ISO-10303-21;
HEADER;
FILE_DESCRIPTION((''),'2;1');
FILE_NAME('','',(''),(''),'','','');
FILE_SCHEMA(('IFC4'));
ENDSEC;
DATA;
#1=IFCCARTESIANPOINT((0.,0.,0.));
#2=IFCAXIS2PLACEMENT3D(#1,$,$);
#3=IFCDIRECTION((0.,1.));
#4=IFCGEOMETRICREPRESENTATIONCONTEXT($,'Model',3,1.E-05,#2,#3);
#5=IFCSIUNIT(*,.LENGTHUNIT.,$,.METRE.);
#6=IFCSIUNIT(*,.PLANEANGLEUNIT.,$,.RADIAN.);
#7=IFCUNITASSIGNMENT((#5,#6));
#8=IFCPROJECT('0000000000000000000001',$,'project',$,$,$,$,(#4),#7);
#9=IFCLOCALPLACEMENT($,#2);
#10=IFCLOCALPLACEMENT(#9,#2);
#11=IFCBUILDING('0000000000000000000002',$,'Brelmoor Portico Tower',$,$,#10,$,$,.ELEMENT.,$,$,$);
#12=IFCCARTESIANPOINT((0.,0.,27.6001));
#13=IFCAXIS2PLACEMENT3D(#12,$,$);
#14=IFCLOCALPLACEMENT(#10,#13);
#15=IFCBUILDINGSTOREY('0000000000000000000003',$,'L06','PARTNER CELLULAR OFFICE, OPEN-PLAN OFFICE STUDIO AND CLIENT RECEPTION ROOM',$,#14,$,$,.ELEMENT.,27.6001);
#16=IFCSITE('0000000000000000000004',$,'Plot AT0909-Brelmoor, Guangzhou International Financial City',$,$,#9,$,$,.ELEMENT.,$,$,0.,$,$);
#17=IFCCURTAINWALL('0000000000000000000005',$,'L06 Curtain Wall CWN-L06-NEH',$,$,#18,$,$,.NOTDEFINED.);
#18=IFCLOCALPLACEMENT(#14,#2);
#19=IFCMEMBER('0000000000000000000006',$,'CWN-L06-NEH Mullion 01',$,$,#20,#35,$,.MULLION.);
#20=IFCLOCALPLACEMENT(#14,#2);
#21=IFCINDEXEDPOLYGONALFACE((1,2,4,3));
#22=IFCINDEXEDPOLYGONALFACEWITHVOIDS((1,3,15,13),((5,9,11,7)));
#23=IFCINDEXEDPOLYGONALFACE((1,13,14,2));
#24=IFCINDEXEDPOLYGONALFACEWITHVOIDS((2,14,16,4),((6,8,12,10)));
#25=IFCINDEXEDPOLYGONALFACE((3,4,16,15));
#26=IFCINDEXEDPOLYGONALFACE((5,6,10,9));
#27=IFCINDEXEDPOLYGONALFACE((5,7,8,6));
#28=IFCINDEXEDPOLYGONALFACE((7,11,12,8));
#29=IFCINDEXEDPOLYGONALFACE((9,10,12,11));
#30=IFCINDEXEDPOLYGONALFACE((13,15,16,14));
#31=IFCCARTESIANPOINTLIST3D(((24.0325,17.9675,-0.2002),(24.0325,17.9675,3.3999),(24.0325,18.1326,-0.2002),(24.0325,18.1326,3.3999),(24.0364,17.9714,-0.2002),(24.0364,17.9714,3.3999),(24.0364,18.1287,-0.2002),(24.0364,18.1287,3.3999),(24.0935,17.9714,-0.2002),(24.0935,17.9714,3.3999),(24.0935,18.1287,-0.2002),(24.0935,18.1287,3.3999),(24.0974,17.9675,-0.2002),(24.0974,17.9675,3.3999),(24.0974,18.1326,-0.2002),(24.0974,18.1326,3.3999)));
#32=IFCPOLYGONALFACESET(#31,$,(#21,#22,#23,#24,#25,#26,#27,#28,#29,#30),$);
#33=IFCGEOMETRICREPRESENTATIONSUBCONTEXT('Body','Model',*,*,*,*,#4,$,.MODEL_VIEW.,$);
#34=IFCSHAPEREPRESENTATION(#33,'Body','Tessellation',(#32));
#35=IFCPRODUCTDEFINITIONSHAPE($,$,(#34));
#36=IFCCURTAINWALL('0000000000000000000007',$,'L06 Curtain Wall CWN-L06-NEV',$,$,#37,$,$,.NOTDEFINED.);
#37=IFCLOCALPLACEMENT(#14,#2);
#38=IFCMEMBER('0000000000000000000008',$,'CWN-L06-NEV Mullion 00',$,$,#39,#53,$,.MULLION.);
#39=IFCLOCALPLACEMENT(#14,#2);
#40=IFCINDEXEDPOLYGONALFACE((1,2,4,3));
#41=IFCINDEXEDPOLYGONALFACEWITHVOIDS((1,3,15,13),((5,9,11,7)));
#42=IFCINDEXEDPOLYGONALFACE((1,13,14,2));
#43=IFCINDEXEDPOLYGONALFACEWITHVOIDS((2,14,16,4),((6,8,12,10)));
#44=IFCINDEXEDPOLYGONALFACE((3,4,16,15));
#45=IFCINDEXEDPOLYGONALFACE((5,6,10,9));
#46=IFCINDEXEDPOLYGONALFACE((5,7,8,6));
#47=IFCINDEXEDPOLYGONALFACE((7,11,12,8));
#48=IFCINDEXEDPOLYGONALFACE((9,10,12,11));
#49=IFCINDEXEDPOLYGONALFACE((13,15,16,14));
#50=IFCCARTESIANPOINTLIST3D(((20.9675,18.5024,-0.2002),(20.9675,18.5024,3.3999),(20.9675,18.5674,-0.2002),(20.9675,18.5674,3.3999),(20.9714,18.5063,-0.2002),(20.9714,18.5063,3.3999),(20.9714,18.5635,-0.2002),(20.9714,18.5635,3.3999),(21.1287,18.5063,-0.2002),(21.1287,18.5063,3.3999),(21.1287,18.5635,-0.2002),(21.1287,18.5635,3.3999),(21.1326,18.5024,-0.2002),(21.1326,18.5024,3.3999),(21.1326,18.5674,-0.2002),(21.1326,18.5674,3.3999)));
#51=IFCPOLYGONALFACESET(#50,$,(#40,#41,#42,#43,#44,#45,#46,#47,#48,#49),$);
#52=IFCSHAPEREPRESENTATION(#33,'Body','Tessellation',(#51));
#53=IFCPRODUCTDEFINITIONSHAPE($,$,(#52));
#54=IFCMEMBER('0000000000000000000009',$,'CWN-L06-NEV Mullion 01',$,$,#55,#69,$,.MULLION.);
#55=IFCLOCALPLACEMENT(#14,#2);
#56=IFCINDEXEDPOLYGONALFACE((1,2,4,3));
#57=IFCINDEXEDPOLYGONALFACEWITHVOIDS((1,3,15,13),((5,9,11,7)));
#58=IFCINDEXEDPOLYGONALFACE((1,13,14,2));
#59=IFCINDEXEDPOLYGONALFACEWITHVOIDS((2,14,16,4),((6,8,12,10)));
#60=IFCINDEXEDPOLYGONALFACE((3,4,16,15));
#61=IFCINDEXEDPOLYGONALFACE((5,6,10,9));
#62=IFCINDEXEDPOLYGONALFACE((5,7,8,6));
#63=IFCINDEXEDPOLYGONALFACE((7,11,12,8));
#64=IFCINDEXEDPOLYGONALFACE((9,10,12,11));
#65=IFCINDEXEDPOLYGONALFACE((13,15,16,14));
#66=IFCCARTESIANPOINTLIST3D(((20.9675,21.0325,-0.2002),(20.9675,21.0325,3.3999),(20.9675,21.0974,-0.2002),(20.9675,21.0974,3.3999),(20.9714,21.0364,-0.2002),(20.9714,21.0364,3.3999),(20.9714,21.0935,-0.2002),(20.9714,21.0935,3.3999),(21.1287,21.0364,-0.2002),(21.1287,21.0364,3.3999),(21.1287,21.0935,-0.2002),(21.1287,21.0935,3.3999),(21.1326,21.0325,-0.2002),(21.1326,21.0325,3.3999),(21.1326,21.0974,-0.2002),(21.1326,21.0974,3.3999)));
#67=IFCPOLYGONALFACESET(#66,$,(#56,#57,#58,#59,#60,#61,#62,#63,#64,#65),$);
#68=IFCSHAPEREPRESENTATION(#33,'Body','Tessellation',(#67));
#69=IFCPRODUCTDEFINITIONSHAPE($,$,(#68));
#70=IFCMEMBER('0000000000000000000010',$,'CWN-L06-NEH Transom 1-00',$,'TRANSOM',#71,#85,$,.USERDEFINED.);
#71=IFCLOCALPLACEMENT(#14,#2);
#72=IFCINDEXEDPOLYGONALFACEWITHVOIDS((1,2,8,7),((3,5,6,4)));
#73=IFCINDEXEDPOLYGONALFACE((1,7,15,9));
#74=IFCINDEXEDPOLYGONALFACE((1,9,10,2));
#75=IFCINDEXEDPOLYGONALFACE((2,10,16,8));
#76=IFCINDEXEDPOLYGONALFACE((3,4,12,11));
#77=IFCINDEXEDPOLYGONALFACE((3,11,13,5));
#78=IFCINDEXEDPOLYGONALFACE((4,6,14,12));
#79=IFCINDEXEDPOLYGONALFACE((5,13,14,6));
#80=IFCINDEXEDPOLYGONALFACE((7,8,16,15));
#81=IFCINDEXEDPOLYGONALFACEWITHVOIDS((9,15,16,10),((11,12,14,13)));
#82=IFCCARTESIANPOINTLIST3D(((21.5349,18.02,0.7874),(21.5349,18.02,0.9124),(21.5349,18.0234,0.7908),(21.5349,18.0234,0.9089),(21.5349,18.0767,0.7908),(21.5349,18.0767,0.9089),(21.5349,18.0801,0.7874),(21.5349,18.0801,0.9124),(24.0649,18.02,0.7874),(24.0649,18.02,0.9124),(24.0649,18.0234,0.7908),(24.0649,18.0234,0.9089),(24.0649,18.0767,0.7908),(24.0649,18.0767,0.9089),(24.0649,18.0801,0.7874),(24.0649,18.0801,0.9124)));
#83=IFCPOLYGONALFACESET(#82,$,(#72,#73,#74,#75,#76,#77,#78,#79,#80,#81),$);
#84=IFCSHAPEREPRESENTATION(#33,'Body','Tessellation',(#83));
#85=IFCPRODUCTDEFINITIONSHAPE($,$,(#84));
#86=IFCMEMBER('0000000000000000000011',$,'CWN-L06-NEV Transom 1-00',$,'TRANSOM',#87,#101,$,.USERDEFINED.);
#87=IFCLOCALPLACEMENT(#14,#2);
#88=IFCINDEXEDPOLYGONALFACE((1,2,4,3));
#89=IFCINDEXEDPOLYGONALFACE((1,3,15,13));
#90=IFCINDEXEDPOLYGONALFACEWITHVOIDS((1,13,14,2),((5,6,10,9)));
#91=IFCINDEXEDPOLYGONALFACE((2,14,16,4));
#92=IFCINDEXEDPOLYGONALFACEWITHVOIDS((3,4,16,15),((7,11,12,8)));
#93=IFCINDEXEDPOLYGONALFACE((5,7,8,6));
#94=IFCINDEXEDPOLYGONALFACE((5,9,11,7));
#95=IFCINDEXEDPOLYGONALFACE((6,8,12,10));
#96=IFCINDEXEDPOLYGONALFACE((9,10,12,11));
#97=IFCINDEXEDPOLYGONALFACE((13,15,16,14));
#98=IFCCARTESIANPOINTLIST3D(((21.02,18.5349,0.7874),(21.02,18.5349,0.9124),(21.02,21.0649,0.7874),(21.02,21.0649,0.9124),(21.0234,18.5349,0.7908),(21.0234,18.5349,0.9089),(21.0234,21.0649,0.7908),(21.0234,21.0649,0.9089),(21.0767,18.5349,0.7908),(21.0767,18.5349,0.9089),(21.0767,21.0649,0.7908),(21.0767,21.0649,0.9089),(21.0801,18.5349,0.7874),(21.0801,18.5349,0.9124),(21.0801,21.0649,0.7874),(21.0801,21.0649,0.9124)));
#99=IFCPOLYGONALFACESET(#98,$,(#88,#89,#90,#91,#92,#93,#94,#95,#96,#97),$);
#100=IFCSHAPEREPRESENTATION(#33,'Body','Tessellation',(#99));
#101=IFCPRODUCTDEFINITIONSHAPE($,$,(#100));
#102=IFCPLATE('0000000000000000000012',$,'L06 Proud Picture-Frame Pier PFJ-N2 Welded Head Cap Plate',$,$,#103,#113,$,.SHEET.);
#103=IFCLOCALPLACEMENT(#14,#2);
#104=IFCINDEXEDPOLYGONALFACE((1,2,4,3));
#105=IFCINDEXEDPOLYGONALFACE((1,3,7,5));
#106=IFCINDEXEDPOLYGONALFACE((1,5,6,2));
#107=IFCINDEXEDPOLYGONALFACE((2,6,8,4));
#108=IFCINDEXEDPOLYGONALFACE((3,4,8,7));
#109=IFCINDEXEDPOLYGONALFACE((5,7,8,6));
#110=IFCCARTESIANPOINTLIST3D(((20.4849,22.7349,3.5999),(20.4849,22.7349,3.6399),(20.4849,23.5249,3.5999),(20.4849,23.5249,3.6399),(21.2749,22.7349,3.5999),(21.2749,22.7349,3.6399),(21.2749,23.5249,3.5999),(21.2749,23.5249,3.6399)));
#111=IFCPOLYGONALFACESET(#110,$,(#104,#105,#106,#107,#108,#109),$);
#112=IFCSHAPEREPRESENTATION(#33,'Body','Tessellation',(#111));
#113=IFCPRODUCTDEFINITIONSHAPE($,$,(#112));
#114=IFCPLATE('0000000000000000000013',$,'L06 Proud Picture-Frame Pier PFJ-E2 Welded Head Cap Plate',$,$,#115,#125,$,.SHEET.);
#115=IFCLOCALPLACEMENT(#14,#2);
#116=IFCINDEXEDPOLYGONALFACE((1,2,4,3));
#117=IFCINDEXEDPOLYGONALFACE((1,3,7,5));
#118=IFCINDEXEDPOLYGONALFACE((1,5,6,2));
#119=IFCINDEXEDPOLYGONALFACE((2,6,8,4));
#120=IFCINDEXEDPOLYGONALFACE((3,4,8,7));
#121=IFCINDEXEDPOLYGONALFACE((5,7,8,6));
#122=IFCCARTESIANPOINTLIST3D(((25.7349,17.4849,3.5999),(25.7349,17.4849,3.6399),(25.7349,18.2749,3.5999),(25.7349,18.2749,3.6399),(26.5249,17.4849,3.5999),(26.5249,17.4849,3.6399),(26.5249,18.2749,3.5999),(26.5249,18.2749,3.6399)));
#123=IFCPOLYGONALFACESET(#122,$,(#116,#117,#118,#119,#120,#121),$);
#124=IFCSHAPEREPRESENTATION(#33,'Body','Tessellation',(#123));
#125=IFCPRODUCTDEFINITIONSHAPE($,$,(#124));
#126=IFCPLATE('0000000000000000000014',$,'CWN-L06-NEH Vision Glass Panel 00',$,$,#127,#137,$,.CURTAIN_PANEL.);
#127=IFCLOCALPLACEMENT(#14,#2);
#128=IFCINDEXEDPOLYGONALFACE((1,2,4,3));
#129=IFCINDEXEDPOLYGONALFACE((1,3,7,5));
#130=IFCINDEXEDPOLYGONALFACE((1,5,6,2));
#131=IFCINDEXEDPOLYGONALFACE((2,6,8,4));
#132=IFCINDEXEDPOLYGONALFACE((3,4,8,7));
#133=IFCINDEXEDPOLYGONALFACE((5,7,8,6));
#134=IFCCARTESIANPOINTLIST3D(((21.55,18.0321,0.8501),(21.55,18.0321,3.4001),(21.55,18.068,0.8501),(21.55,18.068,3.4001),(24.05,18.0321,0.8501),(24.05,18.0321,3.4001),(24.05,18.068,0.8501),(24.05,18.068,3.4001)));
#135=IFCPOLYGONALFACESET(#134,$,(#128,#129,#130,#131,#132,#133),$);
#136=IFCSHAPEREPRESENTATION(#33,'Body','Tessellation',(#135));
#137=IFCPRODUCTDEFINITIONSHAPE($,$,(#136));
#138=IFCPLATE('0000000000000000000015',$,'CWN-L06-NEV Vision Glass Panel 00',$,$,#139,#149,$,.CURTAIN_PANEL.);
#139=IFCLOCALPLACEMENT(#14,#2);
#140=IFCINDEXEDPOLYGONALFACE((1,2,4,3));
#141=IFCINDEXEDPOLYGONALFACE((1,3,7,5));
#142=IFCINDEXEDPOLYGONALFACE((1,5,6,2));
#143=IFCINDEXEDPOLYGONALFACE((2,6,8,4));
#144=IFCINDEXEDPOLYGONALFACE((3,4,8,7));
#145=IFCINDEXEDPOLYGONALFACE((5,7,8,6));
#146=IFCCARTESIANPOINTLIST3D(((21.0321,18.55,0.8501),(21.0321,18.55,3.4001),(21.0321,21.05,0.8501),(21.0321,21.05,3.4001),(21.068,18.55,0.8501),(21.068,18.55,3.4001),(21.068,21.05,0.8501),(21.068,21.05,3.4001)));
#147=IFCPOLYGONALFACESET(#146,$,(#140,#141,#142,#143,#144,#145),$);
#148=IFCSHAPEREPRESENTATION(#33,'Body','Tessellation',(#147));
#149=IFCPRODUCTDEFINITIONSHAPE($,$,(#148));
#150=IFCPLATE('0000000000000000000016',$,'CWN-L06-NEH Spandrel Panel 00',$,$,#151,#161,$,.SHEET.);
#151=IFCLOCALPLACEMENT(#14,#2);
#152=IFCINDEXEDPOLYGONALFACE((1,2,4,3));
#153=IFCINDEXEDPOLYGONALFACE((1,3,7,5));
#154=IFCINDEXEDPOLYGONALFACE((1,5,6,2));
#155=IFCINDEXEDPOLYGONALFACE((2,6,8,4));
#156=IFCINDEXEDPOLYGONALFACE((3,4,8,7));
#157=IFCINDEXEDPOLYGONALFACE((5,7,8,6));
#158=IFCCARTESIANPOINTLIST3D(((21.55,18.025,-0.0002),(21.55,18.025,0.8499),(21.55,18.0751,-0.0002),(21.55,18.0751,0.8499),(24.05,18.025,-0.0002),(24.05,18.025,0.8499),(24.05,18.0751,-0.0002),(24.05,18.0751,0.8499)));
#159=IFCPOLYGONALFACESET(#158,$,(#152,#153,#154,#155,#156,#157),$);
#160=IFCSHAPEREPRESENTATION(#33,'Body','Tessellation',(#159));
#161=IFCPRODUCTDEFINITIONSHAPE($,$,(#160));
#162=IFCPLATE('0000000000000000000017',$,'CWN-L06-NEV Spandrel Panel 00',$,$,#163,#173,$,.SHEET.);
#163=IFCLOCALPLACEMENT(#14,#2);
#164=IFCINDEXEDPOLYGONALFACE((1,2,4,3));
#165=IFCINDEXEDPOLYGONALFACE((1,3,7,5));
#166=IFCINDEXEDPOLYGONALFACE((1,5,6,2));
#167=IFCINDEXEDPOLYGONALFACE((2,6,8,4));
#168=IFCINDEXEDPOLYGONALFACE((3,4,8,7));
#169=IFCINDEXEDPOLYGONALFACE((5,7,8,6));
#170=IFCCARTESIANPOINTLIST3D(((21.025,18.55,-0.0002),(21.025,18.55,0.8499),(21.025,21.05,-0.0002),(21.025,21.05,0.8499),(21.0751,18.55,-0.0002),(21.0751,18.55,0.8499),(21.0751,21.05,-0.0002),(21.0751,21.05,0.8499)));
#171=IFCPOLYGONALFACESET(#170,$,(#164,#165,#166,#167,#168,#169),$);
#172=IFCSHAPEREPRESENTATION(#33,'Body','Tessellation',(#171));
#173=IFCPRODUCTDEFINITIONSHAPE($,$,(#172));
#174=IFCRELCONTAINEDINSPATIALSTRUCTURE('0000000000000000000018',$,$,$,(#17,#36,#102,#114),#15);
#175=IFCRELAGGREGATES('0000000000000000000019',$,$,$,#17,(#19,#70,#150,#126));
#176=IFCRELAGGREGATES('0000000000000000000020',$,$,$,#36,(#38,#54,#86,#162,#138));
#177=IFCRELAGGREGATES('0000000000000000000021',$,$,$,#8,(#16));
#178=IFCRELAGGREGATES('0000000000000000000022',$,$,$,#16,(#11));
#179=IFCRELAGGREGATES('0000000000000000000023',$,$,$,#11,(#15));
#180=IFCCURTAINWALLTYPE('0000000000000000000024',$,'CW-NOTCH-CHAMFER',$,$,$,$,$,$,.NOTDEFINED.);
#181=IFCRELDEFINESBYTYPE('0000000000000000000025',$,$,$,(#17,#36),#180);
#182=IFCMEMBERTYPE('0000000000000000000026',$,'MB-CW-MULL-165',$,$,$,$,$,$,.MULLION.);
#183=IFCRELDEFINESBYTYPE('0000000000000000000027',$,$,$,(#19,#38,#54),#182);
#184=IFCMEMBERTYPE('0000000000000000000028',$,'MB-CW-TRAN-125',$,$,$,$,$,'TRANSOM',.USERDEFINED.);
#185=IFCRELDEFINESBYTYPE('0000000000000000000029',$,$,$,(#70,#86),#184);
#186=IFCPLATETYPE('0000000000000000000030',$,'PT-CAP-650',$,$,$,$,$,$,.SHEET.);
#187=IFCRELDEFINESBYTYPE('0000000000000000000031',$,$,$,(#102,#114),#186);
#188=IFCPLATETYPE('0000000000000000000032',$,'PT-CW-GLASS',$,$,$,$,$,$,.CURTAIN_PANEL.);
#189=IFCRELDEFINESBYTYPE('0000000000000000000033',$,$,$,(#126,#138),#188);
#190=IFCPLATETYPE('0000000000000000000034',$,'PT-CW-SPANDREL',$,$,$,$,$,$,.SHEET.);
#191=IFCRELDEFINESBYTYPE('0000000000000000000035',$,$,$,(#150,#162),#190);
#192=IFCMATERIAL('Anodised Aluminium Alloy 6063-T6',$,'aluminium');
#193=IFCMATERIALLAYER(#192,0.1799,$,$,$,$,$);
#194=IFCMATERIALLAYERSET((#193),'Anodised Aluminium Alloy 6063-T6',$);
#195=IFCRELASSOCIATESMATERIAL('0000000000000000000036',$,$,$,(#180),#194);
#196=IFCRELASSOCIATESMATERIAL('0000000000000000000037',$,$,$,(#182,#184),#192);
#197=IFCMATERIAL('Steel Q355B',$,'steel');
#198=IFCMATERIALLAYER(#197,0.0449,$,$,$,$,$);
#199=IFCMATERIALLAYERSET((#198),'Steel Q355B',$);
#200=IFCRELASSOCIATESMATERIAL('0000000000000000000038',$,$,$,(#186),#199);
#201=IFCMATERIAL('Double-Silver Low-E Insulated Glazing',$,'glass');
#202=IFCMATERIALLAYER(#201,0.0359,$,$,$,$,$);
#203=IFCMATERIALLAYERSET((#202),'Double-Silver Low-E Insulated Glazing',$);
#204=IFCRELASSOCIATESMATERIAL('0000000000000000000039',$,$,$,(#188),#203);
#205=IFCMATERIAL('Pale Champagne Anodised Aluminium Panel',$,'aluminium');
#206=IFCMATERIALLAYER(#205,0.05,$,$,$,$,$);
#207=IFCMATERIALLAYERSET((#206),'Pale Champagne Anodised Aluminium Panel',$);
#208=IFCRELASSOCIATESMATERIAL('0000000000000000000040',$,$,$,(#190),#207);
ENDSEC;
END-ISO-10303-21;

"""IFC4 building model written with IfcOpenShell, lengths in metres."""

from ifc_helpers import new_model, si_unit, direction, frame, origin, origin_2d, place, context, subcontext, project, spatial, rectangle, hollow_rectangle, extrude, material, layer, layer_set, material_profile, profile_set, type_object, element, aggregate, save


model = new_model("IFC4")

# Units and contexts
model_context = context("Model", 3, precision=1e-05, world=origin(), true_north=direction((0.0, 1.0)))
body_context = subcontext(model_context, "Body", "Model", "MODEL_VIEW")
ifc_project = project(units=[si_unit("LENGTHUNIT", "METRE"), si_unit("PLANEANGLEUNIT", "RADIAN")], contexts=[model_context])

# Site, building, storey
site_placement = place(None, origin())
site = spatial("IfcSite", under=ifc_project, at=site_placement, Name="Plot AT0909-Brelmoor, Guangzhou International Financial City", CompositionType="ELEMENT", RefElevation=0.0)
building_placement = place(site_placement, origin())
building = spatial("IfcBuilding", under=site, at=building_placement, Name="Brelmoor Portico Tower", CompositionType="ELEMENT")
storey_placement = place(building_placement, frame((0.0, 0.0, 27.6001)))
storey = spatial("IfcBuildingStorey", under=building, at=storey_placement, Name="L06", Description="PARTNER CELLULAR OFFICE, OPEN-PLAN OFFICE STUDIO AND CLIENT RECEPTION ROOM", CompositionType="ELEMENT", Elevation=27.6001)

# Shared definitions
ifc_material_1 = material(Name="Steel Q355B", Category="steel")

# Curtain walls, members
ifc_material_2 = material(Name="Anodised Aluminium Alloy 6063-T6", Category="aluminium")
ifc_layer_1 = layer(ifc_material_2, 0.1799)
ifc_layer_set_1 = layer_set([ifc_layer_1], Name="Anodised Aluminium Alloy 6063-T6")
curtain_wall_type = type_object("IfcCurtainWallType", Name="CW-NOTCH-CHAMFER", PredefinedType="NOTDEFINED", material=ifc_layer_set_1)
curtain_wall_1_placement = place(storey_placement, origin())
curtain_wall_1 = element("IfcCurtainWall", 1, at=curtain_wall_1_placement, inside=storey, type_object=curtain_wall_type, Name="L06 Curtain Wall CWN-L06-NEH", PredefinedType="NOTDEFINED")
ifc_material_profile_1 = material_profile(ifc_material_2, hollow_rectangle(XDim=0.0649, YDim=0.165, WallThickness=0.0039, at=origin_2d()), Name="ALU MULLION 65x165")
ifc_profile_set_1 = profile_set([ifc_material_profile_1], Name="Anodised Aluminium Alloy 6063-T6")
member_type_1 = type_object("IfcMemberType", Name="MB-CW-MULL-165", PredefinedType="MULLION", material=ifc_profile_set_1)
member_1_placement = place(storey_placement, frame((24.0649, 18.05, -0.2002), z_axis=(0.0, 0.0, 1.0), x_axis=(1.0, 0.0, 0.0)))
member_1 = element("IfcMember", 2, at=member_1_placement, type_object=member_type_1, Name="CWN-L06-NEH Mullion 01", PredefinedType="MULLION", context=body_context, shape_type="SweptSolid", body=[
    extrude(hollow_rectangle(XDim=0.0649, YDim=0.165, WallThickness=0.0039, at=origin_2d()), origin(), (0.0, 0.0, 1.0), 3.6001),
])
curtain_wall_2_placement = place(storey_placement, origin())
curtain_wall_2 = element("IfcCurtainWall", 3, at=curtain_wall_2_placement, inside=storey, type_object=curtain_wall_type, Name="L06 Curtain Wall CWN-L06-NEV", PredefinedType="NOTDEFINED")
member_2_placement = place(storey_placement, frame((21.05, 18.5349, -0.2002), z_axis=(0.0, 0.0, 1.0), x_axis=(0.0, 1.0, 0.0)))
member_2 = element("IfcMember", 4, at=member_2_placement, type_object=member_type_1, Name="CWN-L06-NEV Mullion 00", PredefinedType="MULLION", context=body_context, shape_type="SweptSolid", body=[
    extrude(hollow_rectangle(XDim=0.0649, YDim=0.165, WallThickness=0.0039, at=origin_2d()), origin(), (0.0, 0.0, 1.0), 3.6001),
])
member_3_placement = place(storey_placement, frame((21.05, 21.0649, -0.2002), z_axis=(0.0, 0.0, 1.0), x_axis=(0.0, 1.0, 0.0)))
member_3 = element("IfcMember", 5, at=member_3_placement, type_object=member_type_1, Name="CWN-L06-NEV Mullion 01", PredefinedType="MULLION", context=body_context, shape_type="SweptSolid", body=[
    extrude(hollow_rectangle(XDim=0.0649, YDim=0.165, WallThickness=0.0039, at=origin_2d()), origin(), (0.0, 0.0, 1.0), 3.6001),
])

# Members
ifc_material_profile_2 = material_profile(ifc_material_2, hollow_rectangle(XDim=0.0601, YDim=0.125, WallThickness=0.0034, at=origin_2d()), Name="ALU TRANSOM 60x125")
ifc_profile_set_2 = profile_set([ifc_material_profile_2], Name="Anodised Aluminium Alloy 6063-T6")
member_type_2 = type_object("IfcMemberType", Name="MB-CW-TRAN-125", ElementType="TRANSOM", PredefinedType="USERDEFINED", material=ifc_profile_set_2)
member_4_placement = place(storey_placement, frame((21.5349, 18.05, 0.8499), z_axis=(1.0, 0.0, 0.0), x_axis=(0.0, 1.0, 0.0)))
member_4 = element("IfcMember", 6, at=member_4_placement, type_object=member_type_2, Name="CWN-L06-NEH Transom 1-00", ObjectType="TRANSOM", PredefinedType="USERDEFINED", context=body_context, shape_type="SweptSolid", body=[
    extrude(hollow_rectangle(XDim=0.0601, YDim=0.125, WallThickness=0.0034, at=origin_2d()), origin(), (0.0, 0.0, 1.0), 2.53),
])
member_5_placement = place(storey_placement, frame((21.05, 18.5349, 0.8499), z_axis=(0.0, 1.0, 0.0), x_axis=(-1.0, 0.0, 0.0)))
member_5 = element("IfcMember", 7, at=member_5_placement, type_object=member_type_2, Name="CWN-L06-NEV Transom 1-00", ObjectType="TRANSOM", PredefinedType="USERDEFINED", context=body_context, shape_type="SweptSolid", body=[
    extrude(hollow_rectangle(XDim=0.0601, YDim=0.125, WallThickness=0.0034, at=origin_2d()), origin(), (0.0, 0.0, 1.0), 2.53),
])

# Plates
ifc_layer_2 = layer(ifc_material_1, 0.0449)
ifc_layer_set_2 = layer_set([ifc_layer_2], Name="Steel Q355B")
plate_type_1 = type_object("IfcPlateType", Name="PT-CAP-650", PredefinedType="SHEET", material=ifc_layer_set_2)
for number, where, z_axis, x_axis, name in (
    (8, (20.8799, 23.1299, 3.5999), (0.0, 0.0, 1.0), (1.0, 0.0, 0.0), "L06 Proud Picture-Frame Pier PFJ-N2 Welded Head Cap Plate"),
    (9, (26.1299, 17.8799, 3.5999), (0.0, 0.0, 1.0), (0.0, 1.0, 0.0), "L06 Proud Picture-Frame Pier PFJ-E2 Welded Head Cap Plate"),
):
    element("IfcPlate", number, at=place(storey_placement, frame(where, z_axis=z_axis, x_axis=x_axis)), inside=storey, type_object=plate_type_1, Name=name, PredefinedType="SHEET", context=body_context, shape_type="SweptSolid", body=[
        extrude(rectangle(XDim=0.79, YDim=0.79, at=origin_2d()), origin(), (0.0, 0.0, 1.0), 0.04),
    ])

# Plates
ifc_material_3 = material(Name="Double-Silver Low-E Insulated Glazing", Category="glass")
ifc_layer_3 = layer(ifc_material_3, 0.0359)
ifc_layer_set_3 = layer_set([ifc_layer_3], Name="Double-Silver Low-E Insulated Glazing")
plate_type_2 = type_object("IfcPlateType", Name="PT-CW-GLASS", PredefinedType="CURTAIN_PANEL", material=ifc_layer_set_3)
plate_1_placement = place(storey_placement, frame((22.8, 18.05, 0.8501), z_axis=(0.0, 0.0, 1.0), x_axis=(1.0, 0.0, 0.0)))
plate_1 = element("IfcPlate", 10, at=plate_1_placement, type_object=plate_type_2, Name="CWN-L06-NEH Vision Glass Panel 00", PredefinedType="CURTAIN_PANEL", context=body_context, shape_type="SweptSolid", body=[
    extrude(rectangle(XDim=2.5, YDim=0.0359, at=origin_2d()), origin(), (0.0, 0.0, 1.0), 2.55),
])
plate_2_placement = place(storey_placement, frame((21.05, 19.8, 0.8501), z_axis=(0.0, 0.0, 1.0), x_axis=(0.0, 1.0, 0.0)))
plate_2 = element("IfcPlate", 11, at=plate_2_placement, type_object=plate_type_2, Name="CWN-L06-NEV Vision Glass Panel 00", PredefinedType="CURTAIN_PANEL", context=body_context, shape_type="SweptSolid", body=[
    extrude(rectangle(XDim=2.5, YDim=0.0359, at=origin_2d()), origin(), (0.0, 0.0, 1.0), 2.55),
])
ifc_material_4 = material(Name="Pale Champagne Anodised Aluminium Panel", Category="aluminium")
ifc_layer_4 = layer(ifc_material_4, 0.05)
ifc_layer_set_4 = layer_set([ifc_layer_4], Name="Pale Champagne Anodised Aluminium Panel")
plate_type_3 = type_object("IfcPlateType", Name="PT-CW-SPANDREL", PredefinedType="SHEET", material=ifc_layer_set_4)
plate_3_placement = place(storey_placement, frame((22.8, 18.05, -0.0002), z_axis=(0.0, 0.0, 1.0), x_axis=(1.0, 0.0, 0.0)))
plate_3 = element("IfcPlate", 12, at=plate_3_placement, type_object=plate_type_3, Name="CWN-L06-NEH Spandrel Panel 00", PredefinedType="SHEET", context=body_context, shape_type="SweptSolid", body=[
    extrude(rectangle(XDim=2.5, YDim=0.05, at=origin_2d()), origin(), (0.0, 0.0, 1.0), 0.8501),
])
aggregate(curtain_wall_1, [member_1, member_4, plate_3, plate_1])
plate_4_placement = place(storey_placement, frame((21.05, 19.8, -0.0002), z_axis=(0.0, 0.0, 1.0), x_axis=(0.0, 1.0, 0.0)))
plate_4 = element("IfcPlate", 13, at=plate_4_placement, type_object=plate_type_3, Name="CWN-L06-NEV Spandrel Panel 00", PredefinedType="SHEET", context=body_context, shape_type="SweptSolid", body=[
    extrude(rectangle(XDim=2.5, YDim=0.05, at=origin_2d()), origin(), (0.0, 0.0, 1.0), 0.8501),
])
aggregate(curtain_wall_2, [member_2, member_3, member_5, plate_4, plate_2])

save(model, "model.ifc")
